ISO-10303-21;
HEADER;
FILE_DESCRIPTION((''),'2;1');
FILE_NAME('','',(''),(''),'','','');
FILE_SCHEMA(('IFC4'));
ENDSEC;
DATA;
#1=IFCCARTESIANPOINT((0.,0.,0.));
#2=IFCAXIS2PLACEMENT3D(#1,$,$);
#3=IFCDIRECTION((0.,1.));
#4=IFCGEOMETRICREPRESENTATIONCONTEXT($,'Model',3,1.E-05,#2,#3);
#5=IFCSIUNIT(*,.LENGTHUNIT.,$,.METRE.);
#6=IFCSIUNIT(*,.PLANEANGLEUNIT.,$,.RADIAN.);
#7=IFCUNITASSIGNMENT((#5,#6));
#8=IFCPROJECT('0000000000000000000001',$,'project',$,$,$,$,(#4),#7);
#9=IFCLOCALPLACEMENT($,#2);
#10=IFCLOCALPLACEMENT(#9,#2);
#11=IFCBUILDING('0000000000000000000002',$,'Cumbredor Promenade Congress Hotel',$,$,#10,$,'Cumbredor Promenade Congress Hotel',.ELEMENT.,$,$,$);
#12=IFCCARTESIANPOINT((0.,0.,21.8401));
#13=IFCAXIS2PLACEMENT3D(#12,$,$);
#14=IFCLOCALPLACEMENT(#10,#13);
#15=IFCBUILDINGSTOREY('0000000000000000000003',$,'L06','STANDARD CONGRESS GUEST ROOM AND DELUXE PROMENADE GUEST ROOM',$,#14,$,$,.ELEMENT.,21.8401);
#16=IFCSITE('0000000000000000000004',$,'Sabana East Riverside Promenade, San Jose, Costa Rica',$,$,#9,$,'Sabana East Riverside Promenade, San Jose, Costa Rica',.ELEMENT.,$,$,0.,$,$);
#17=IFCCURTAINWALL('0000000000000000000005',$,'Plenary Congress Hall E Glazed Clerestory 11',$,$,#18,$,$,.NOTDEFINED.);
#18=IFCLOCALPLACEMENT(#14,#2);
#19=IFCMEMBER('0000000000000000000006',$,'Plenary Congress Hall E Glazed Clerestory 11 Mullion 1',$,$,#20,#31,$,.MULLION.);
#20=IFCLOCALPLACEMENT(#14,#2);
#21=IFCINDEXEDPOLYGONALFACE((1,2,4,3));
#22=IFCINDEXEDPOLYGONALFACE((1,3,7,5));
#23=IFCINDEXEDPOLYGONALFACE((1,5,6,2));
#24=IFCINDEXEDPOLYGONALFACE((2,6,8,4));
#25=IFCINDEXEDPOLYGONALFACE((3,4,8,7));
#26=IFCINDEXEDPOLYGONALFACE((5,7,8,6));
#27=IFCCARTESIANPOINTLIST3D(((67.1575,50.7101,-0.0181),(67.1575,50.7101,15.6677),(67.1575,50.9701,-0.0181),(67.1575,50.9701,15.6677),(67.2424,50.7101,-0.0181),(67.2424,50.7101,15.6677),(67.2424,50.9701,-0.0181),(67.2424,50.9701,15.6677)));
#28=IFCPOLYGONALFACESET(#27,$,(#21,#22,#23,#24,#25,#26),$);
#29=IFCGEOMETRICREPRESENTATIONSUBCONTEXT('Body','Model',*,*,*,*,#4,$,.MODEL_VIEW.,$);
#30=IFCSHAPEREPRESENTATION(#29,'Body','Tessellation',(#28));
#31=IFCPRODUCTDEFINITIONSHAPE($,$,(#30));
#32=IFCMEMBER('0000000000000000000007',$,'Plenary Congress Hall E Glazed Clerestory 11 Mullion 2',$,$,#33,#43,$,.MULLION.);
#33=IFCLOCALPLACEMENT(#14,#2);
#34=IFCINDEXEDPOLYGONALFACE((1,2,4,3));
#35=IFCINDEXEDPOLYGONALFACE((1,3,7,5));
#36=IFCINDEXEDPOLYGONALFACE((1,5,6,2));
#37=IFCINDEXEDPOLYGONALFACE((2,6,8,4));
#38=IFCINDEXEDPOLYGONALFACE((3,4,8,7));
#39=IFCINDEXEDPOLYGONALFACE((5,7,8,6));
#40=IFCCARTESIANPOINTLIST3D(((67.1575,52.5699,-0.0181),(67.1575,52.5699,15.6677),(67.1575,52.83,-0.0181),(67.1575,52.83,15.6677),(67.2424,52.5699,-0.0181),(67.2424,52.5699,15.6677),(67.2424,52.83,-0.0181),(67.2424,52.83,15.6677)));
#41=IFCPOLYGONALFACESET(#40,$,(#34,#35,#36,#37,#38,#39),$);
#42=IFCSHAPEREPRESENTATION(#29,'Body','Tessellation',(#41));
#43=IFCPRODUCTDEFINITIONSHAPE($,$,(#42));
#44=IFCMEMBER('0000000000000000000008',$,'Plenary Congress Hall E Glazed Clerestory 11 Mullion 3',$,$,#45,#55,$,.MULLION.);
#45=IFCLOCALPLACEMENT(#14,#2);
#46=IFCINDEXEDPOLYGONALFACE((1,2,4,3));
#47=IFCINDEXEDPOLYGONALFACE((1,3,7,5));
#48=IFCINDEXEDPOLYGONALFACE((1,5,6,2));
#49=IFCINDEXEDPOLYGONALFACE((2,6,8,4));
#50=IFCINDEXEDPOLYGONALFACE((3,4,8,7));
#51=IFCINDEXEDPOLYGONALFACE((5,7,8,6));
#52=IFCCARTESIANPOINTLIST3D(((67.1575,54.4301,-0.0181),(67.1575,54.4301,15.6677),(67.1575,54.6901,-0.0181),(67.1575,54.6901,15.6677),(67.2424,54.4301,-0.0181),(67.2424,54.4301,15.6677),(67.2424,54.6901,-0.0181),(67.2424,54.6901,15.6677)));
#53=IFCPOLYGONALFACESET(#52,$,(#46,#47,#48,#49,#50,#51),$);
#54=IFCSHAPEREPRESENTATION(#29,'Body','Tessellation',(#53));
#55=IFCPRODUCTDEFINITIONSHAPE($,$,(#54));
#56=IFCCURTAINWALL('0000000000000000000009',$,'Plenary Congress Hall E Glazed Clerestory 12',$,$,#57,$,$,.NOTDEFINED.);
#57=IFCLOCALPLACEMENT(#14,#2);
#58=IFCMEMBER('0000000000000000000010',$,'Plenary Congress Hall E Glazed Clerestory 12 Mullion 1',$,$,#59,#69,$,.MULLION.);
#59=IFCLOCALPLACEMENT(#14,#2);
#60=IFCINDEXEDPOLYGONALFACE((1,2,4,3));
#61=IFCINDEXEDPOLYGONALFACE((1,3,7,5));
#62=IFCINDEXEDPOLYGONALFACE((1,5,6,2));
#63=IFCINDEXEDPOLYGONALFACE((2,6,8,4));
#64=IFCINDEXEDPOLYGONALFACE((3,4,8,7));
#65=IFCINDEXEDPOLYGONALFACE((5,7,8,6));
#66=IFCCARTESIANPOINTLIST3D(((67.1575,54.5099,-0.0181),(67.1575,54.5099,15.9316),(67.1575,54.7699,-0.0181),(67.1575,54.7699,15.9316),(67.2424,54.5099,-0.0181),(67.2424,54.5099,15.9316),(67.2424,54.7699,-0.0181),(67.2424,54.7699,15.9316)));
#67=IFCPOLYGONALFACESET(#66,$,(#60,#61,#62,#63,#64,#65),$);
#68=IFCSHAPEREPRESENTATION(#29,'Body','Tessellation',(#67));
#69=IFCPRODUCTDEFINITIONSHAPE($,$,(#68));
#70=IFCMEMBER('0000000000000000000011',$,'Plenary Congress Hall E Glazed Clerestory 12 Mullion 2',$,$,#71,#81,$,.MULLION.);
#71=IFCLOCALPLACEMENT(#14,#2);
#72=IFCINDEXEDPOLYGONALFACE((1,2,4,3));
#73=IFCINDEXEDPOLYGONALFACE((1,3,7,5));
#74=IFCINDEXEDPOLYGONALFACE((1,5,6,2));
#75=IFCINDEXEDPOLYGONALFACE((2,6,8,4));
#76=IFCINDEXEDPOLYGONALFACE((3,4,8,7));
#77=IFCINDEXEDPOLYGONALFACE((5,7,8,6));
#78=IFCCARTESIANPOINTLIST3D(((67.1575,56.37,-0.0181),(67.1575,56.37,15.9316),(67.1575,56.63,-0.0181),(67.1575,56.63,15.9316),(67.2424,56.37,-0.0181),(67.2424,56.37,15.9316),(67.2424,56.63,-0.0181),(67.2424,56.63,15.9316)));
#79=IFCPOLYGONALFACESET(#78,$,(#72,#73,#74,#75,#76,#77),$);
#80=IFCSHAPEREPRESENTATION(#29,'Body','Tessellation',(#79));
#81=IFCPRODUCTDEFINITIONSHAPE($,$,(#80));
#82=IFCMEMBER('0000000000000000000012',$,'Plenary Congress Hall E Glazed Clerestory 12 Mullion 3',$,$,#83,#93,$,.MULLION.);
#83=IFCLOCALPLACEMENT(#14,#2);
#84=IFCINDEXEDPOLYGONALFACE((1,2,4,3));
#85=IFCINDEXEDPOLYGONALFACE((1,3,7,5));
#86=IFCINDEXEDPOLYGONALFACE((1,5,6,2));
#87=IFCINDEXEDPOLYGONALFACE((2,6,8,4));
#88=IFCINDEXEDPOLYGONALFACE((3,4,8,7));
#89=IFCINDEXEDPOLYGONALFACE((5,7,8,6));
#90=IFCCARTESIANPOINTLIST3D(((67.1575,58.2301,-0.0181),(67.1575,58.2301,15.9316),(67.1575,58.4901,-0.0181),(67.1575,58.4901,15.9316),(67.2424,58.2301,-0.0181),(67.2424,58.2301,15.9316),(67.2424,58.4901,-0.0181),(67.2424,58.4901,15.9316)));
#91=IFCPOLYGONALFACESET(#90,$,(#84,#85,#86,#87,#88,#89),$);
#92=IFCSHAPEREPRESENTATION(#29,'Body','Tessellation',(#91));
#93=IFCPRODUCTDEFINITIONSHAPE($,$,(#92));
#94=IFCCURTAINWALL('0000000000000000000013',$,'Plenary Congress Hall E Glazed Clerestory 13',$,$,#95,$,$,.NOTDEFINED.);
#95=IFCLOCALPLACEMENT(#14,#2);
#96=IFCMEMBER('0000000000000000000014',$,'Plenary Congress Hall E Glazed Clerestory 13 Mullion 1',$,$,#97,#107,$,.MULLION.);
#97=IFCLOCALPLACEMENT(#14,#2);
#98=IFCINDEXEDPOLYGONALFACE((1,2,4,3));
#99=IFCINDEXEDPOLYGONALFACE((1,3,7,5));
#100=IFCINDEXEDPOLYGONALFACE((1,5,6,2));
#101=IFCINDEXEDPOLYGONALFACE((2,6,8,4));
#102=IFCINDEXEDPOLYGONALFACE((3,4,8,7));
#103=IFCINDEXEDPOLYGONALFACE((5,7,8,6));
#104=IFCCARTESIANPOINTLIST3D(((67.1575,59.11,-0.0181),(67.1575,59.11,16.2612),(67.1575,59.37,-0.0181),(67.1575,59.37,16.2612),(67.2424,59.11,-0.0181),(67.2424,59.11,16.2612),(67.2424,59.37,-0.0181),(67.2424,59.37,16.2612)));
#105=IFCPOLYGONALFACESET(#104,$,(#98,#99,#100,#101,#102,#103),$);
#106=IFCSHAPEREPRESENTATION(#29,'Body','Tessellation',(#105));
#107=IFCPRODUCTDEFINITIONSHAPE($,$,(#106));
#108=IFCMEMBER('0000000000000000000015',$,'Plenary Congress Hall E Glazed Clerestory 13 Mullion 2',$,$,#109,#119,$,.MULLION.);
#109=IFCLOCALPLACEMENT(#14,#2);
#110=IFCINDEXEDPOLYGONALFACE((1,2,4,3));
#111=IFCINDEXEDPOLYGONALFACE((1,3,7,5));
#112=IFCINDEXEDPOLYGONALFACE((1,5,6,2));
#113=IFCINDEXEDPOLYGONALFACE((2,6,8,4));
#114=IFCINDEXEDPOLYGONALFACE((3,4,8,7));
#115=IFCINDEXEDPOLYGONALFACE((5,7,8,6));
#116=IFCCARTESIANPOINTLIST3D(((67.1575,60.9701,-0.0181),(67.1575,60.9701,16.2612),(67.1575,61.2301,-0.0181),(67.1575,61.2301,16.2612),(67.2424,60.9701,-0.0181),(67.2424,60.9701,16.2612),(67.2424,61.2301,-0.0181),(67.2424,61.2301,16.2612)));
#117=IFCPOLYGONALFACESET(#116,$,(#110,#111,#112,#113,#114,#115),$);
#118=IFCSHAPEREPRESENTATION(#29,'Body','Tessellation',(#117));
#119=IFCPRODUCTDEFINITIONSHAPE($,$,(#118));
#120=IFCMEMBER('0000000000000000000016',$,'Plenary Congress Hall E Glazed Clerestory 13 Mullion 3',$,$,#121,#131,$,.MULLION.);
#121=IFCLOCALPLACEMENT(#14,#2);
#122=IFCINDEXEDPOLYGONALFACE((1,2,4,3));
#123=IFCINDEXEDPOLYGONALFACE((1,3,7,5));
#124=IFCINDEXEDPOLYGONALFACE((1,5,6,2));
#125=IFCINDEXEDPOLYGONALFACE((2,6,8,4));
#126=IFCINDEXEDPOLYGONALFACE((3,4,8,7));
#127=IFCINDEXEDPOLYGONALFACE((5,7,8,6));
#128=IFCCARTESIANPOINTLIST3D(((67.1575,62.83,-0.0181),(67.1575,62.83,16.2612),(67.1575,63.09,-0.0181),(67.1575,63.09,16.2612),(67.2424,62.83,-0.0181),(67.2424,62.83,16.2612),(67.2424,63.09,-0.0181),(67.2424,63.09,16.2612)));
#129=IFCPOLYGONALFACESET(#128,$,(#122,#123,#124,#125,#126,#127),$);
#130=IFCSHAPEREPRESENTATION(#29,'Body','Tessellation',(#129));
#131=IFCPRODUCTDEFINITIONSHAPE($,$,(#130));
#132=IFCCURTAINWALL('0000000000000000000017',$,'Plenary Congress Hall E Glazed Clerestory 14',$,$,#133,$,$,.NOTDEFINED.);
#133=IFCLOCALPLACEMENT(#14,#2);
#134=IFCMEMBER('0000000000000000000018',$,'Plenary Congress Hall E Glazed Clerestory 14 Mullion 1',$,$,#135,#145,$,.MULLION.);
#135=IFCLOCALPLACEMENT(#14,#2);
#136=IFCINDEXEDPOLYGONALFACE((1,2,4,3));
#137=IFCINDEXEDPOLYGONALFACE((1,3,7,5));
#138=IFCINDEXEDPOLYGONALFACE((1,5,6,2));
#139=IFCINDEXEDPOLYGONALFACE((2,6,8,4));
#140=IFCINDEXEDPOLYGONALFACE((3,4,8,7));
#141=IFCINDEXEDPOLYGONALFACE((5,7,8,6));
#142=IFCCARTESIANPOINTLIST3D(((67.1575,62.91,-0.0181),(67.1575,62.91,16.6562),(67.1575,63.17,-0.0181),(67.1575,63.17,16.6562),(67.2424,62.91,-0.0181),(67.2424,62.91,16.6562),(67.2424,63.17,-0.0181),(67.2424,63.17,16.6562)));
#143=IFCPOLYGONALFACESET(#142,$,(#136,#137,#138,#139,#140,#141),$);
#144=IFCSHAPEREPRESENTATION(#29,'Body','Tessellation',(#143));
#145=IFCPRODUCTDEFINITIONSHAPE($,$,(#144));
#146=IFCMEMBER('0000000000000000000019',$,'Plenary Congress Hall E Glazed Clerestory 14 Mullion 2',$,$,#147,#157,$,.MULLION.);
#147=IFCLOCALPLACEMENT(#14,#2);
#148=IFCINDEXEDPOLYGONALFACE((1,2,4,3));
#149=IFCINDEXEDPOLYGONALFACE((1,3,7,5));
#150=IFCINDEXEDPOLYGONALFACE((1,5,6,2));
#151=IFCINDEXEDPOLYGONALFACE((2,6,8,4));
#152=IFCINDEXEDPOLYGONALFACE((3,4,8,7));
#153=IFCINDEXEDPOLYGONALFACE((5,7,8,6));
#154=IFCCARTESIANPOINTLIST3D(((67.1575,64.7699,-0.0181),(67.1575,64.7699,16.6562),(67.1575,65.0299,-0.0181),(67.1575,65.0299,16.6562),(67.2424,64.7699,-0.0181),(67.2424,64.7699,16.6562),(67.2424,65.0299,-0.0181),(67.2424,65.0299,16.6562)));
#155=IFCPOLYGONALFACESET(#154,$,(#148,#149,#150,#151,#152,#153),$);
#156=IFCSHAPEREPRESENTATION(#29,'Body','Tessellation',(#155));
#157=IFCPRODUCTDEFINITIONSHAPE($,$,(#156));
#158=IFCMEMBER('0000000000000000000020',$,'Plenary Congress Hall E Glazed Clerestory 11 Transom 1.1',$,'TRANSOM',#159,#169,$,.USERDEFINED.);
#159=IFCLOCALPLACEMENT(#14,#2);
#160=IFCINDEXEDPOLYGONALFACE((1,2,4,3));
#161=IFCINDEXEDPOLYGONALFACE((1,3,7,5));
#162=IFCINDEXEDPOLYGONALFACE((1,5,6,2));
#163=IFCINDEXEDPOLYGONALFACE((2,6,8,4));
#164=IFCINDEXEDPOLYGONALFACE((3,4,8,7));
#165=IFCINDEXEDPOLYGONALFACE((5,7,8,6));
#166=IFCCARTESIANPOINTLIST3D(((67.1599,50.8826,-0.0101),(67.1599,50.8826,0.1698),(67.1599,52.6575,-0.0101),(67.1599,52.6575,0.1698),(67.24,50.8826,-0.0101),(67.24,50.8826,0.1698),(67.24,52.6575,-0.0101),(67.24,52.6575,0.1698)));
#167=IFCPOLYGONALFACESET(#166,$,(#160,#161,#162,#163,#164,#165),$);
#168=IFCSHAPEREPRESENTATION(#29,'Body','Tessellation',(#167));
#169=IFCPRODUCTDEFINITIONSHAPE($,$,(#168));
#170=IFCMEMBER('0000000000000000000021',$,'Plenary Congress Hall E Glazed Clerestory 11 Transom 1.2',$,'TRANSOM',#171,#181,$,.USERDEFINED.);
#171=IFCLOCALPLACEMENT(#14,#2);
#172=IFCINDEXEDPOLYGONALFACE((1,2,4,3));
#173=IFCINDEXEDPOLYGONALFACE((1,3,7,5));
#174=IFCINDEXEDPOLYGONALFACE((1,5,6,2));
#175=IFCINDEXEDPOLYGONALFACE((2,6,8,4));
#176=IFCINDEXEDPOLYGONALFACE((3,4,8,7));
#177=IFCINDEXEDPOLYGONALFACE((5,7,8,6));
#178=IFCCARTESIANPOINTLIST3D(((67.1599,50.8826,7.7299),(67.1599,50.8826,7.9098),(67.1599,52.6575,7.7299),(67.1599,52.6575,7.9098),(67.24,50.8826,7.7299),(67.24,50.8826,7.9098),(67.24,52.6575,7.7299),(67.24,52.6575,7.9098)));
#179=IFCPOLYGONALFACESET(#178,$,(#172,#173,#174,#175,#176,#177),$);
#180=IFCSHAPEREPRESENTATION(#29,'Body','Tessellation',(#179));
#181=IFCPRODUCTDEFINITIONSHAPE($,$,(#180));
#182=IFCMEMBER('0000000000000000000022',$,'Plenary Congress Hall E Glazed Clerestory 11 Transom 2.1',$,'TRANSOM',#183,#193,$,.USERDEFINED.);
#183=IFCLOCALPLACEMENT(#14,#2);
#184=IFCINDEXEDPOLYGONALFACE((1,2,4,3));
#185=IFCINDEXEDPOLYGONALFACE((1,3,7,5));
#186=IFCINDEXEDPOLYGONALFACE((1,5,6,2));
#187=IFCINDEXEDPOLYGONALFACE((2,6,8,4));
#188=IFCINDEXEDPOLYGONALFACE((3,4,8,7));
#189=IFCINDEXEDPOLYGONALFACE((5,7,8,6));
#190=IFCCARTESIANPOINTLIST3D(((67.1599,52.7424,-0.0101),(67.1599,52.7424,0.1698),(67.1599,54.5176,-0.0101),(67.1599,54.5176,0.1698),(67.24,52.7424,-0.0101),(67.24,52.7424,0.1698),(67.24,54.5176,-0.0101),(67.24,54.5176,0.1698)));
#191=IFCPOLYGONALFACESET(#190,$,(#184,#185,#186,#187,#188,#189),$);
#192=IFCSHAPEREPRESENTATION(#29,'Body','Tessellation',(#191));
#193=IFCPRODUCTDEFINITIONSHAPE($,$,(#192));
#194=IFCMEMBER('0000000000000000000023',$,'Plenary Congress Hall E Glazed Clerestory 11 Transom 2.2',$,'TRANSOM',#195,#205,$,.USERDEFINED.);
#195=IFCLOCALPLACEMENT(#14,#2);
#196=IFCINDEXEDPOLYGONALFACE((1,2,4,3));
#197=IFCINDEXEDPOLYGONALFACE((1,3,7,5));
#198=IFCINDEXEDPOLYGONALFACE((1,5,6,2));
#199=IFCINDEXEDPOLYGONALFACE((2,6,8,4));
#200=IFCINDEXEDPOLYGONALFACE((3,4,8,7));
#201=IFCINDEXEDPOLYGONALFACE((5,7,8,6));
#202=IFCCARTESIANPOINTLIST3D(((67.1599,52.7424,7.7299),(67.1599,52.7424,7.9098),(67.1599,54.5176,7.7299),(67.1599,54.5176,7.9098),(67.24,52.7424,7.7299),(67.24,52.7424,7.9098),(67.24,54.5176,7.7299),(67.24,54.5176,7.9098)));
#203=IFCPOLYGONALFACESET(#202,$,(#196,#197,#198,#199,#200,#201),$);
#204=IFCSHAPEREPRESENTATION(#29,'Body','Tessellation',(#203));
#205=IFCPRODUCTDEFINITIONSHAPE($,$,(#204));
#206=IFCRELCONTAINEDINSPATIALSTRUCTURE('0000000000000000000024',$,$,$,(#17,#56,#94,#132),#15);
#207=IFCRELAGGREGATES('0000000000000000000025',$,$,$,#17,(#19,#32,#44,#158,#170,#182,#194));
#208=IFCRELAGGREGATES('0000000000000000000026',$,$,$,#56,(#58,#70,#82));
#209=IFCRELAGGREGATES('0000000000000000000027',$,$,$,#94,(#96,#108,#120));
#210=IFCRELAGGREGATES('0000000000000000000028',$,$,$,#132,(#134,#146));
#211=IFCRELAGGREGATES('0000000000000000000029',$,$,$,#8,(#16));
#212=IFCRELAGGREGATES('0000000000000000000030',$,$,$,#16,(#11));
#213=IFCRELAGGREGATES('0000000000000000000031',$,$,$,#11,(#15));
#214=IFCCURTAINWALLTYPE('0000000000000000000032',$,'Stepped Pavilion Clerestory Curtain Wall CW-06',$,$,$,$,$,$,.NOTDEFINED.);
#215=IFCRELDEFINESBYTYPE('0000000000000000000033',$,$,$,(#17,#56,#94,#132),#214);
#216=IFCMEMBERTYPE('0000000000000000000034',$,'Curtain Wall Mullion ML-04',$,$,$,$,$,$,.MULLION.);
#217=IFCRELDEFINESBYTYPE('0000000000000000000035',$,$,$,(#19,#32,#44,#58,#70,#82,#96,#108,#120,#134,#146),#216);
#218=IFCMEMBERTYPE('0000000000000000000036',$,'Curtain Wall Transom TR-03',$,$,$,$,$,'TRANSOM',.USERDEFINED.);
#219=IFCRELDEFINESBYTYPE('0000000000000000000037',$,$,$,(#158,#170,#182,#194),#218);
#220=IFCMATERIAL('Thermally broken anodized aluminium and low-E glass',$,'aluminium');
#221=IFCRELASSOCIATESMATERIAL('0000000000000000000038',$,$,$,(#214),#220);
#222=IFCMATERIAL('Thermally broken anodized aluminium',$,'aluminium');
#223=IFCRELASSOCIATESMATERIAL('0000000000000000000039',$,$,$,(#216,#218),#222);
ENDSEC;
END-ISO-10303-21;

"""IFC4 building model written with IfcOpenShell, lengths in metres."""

from ifc_helpers import new_model, si_unit, direction, frame, origin, origin_2d, place, context, subcontext, project, spatial, rectangle, extrude, material, material_profile, profile_set, type_object, element, aggregate, save


model = new_model("IFC4")

# Units and contexts
model_context = context("Model", 3, precision=1e-05, world=origin(), true_north=direction((0.0, 1.0)))
body_context = subcontext(model_context, "Body", "Model", "MODEL_VIEW")
ifc_project = project(units=[si_unit("LENGTHUNIT", "METRE"), si_unit("PLANEANGLEUNIT", "RADIAN")], contexts=[model_context])

# Site, building, storey
site_placement = place(None, origin())
site = spatial("IfcSite", under=ifc_project, at=site_placement, Name="Sabana East Riverside Promenade, San Jose, Costa Rica", LongName="Sabana East Riverside Promenade, San Jose, Costa Rica", CompositionType="ELEMENT", RefElevation=0.0)
building_placement = place(site_placement, origin())
building = spatial("IfcBuilding", under=site, at=building_placement, Name="Cumbredor Promenade Congress Hotel", LongName="Cumbredor Promenade Congress Hotel", CompositionType="ELEMENT")
storey_placement = place(building_placement, frame((0.0, 0.0, 21.8401)))
storey = spatial("IfcBuildingStorey", under=building, at=storey_placement, Name="L06", Description="STANDARD CONGRESS GUEST ROOM AND DELUXE PROMENADE GUEST ROOM", CompositionType="ELEMENT", Elevation=21.8401)

# Curtain walls, members
ifc_material_1 = material(Name="Thermally broken anodized aluminium and low-E glass", Category="aluminium")
curtain_wall_type = type_object("IfcCurtainWallType", Name="Stepped Pavilion Clerestory Curtain Wall CW-06", PredefinedType="NOTDEFINED", material=ifc_material_1)
curtain_wall_1_placement = place(storey_placement, origin())
curtain_wall_1 = element("IfcCurtainWall", 1, at=curtain_wall_1_placement, inside=storey, type_object=curtain_wall_type, Name="Plenary Congress Hall E Glazed Clerestory 11", PredefinedType="NOTDEFINED")
ifc_material_2 = material(Name="Thermally broken anodized aluminium", Category="aluminium")
ifc_material_profile_1 = material_profile(ifc_material_2, rectangle(XDim=0.085, YDim=0.26, at=origin_2d()), Name="ALU MULLION CLERESTORY 85x260")
ifc_profile_set_1 = profile_set([ifc_material_profile_1], Name="Thermally broken anodized aluminium")
member_type_1 = type_object("IfcMemberType", Name="Curtain Wall Mullion ML-04", PredefinedType="MULLION", material=ifc_profile_set_1)
member_1_placement = place(storey_placement, frame((67.2, 50.8401, -0.0181), z_axis=(0.0, 0.0, 1.0), x_axis=(1.0, 0.0, 0.0)))
member_1 = element("IfcMember", 2, at=member_1_placement, type_object=member_type_1, Name="Plenary Congress Hall E Glazed Clerestory 11 Mullion 1", PredefinedType="MULLION", context=body_context, shape_type="SweptSolid", body=[
    extrude(rectangle(XDim=0.085, YDim=0.26, at=origin_2d()), origin(), (0.0, 0.0, 1.0), 15.6858),
])
member_2_placement = place(storey_placement, frame((67.2, 52.7, -0.0181), z_axis=(0.0, 0.0, 1.0), x_axis=(1.0, 0.0, 0.0)))
member_2 = element("IfcMember", 3, at=member_2_placement, type_object=member_type_1, Name="Plenary Congress Hall E Glazed Clerestory 11 Mullion 2", PredefinedType="MULLION", context=body_context, shape_type="SweptSolid", body=[
    extrude(rectangle(XDim=0.085, YDim=0.26, at=origin_2d()), origin(), (0.0, 0.0, 1.0), 15.6858),
])
member_3_placement = place(storey_placement, frame((67.2, 54.5601, -0.0181), z_axis=(0.0, 0.0, 1.0), x_axis=(1.0, 0.0, 0.0)))
member_3 = element("IfcMember", 4, at=member_3_placement, type_object=member_type_1, Name="Plenary Congress Hall E Glazed Clerestory 11 Mullion 3", PredefinedType="MULLION", context=body_context, shape_type="SweptSolid", body=[
    extrude(rectangle(XDim=0.085, YDim=0.26, at=origin_2d()), origin(), (0.0, 0.0, 1.0), 15.6858),
])
curtain_wall_2_placement = place(storey_placement, origin())
curtain_wall_2 = element("IfcCurtainWall", 5, at=curtain_wall_2_placement, inside=storey, type_object=curtain_wall_type, Name="Plenary Congress Hall E Glazed Clerestory 12", PredefinedType="NOTDEFINED")
member_4_placement = place(storey_placement, frame((67.2, 54.6399, -0.0181), z_axis=(0.0, 0.0, 1.0), x_axis=(1.0, 0.0, 0.0)))
member_4 = element("IfcMember", 6, at=member_4_placement, type_object=member_type_1, Name="Plenary Congress Hall E Glazed Clerestory 12 Mullion 1", PredefinedType="MULLION", context=body_context, shape_type="SweptSolid", body=[
    extrude(rectangle(XDim=0.085, YDim=0.26, at=origin_2d()), origin(), (0.0, 0.0, 1.0), 15.9497),
])
member_5_placement = place(storey_placement, frame((67.2, 56.5, -0.0181), z_axis=(0.0, 0.0, 1.0), x_axis=(1.0, 0.0, 0.0)))
member_5 = element("IfcMember", 7, at=member_5_placement, type_object=member_type_1, Name="Plenary Congress Hall E Glazed Clerestory 12 Mullion 2", PredefinedType="MULLION", context=body_context, shape_type="SweptSolid", body=[
    extrude(rectangle(XDim=0.085, YDim=0.26, at=origin_2d()), origin(), (0.0, 0.0, 1.0), 15.9497),
])
member_6_placement = place(storey_placement, frame((67.2, 58.3601, -0.0181), z_axis=(0.0, 0.0, 1.0), x_axis=(1.0, 0.0, 0.0)))
member_6 = element("IfcMember", 8, at=member_6_placement, type_object=member_type_1, Name="Plenary Congress Hall E Glazed Clerestory 12 Mullion 3", PredefinedType="MULLION", context=body_context, shape_type="SweptSolid", body=[
    extrude(rectangle(XDim=0.085, YDim=0.26, at=origin_2d()), origin(), (0.0, 0.0, 1.0), 15.9497),
])
curtain_wall_3_placement = place(storey_placement, origin())
curtain_wall_3 = element("IfcCurtainWall", 9, at=curtain_wall_3_placement, inside=storey, type_object=curtain_wall_type, Name="Plenary Congress Hall E Glazed Clerestory 13", PredefinedType="NOTDEFINED")
member_7_placement = place(storey_placement, frame((67.2, 59.24, -0.0181), z_axis=(0.0, 0.0, 1.0), x_axis=(1.0, 0.0, 0.0)))
member_7 = element("IfcMember", 10, at=member_7_placement, type_object=member_type_1, Name="Plenary Congress Hall E Glazed Clerestory 13 Mullion 1", PredefinedType="MULLION", context=body_context, shape_type="SweptSolid", body=[
    extrude(rectangle(XDim=0.085, YDim=0.26, at=origin_2d()), origin(), (0.0, 0.0, 1.0), 16.2793),
])
member_8_placement = place(storey_placement, frame((67.2, 61.1001, -0.0181), z_axis=(0.0, 0.0, 1.0), x_axis=(1.0, 0.0, 0.0)))
member_8 = element("IfcMember", 11, at=member_8_placement, type_object=member_type_1, Name="Plenary Congress Hall E Glazed Clerestory 13 Mullion 2", PredefinedType="MULLION", context=body_context, shape_type="SweptSolid", body=[
    extrude(rectangle(XDim=0.085, YDim=0.26, at=origin_2d()), origin(), (0.0, 0.0, 1.0), 16.2793),
])
member_9_placement = place(storey_placement, frame((67.2, 62.96, -0.0181), z_axis=(0.0, 0.0, 1.0), x_axis=(1.0, 0.0, 0.0)))
member_9 = element("IfcMember", 12, at=member_9_placement, type_object=member_type_1, Name="Plenary Congress Hall E Glazed Clerestory 13 Mullion 3", PredefinedType="MULLION", context=body_context, shape_type="SweptSolid", body=[
    extrude(rectangle(XDim=0.085, YDim=0.26, at=origin_2d()), origin(), (0.0, 0.0, 1.0), 16.2793),
])
curtain_wall_4_placement = place(storey_placement, origin())
curtain_wall_4 = element("IfcCurtainWall", 13, at=curtain_wall_4_placement, inside=storey, type_object=curtain_wall_type, Name="Plenary Congress Hall E Glazed Clerestory 14", PredefinedType="NOTDEFINED")
member_10_placement = place(storey_placement, frame((67.2, 63.04, -0.0181), z_axis=(0.0, 0.0, 1.0), x_axis=(1.0, 0.0, 0.0)))
member_10 = element("IfcMember", 14, at=member_10_placement, type_object=member_type_1, Name="Plenary Congress Hall E Glazed Clerestory 14 Mullion 1", PredefinedType="MULLION", context=body_context, shape_type="SweptSolid", body=[
    extrude(rectangle(XDim=0.085, YDim=0.26, at=origin_2d()), origin(), (0.0, 0.0, 1.0), 16.6743),
])
member_11_placement = place(storey_placement, frame((67.2, 64.8999, -0.0181), z_axis=(0.0, 0.0, 1.0), x_axis=(1.0, 0.0, 0.0)))
member_11 = element("IfcMember", 15, at=member_11_placement, type_object=member_type_1, Name="Plenary Congress Hall E Glazed Clerestory 14 Mullion 2", PredefinedType="MULLION", context=body_context, shape_type="SweptSolid", body=[
    extrude(rectangle(XDim=0.085, YDim=0.26, at=origin_2d()), origin(), (0.0, 0.0, 1.0), 16.6743),
])

# Members
ifc_material_profile_2 = material_profile(ifc_material_2, rectangle(XDim=0.0801, YDim=0.1799, at=origin_2d()), Name="ALU TRANSOM 80x180")
ifc_profile_set_2 = profile_set([ifc_material_profile_2], Name="Thermally broken anodized aluminium")
member_type_2 = type_object("IfcMemberType", Name="Curtain Wall Transom TR-03", ElementType="TRANSOM", PredefinedType="USERDEFINED", material=ifc_profile_set_2)
member_12_placement = place(storey_placement, frame((67.2, 50.8826, 0.0798), z_axis=(0.0, 1.0, 0.0), x_axis=(-1.0, 0.0, 0.0)))
member_12 = element("IfcMember", 16, at=member_12_placement, type_object=member_type_2, Name="Plenary Congress Hall E Glazed Clerestory 11 Transom 1.1", ObjectType="TRANSOM", PredefinedType="USERDEFINED", context=body_context, shape_type="SweptSolid", body=[
    extrude(rectangle(XDim=0.0801, YDim=0.1799, at=origin_2d()), origin(), (0.0, 0.0, 1.0), 1.7749),
])
member_13_placement = place(storey_placement, frame((67.2, 50.8826, 7.8198), z_axis=(0.0, 1.0, 0.0), x_axis=(-1.0, 0.0, 0.0)))
member_13 = element("IfcMember", 17, at=member_13_placement, type_object=member_type_2, Name="Plenary Congress Hall E Glazed Clerestory 11 Transom 1.2", ObjectType="TRANSOM", PredefinedType="USERDEFINED", context=body_context, shape_type="SweptSolid", body=[
    extrude(rectangle(XDim=0.0801, YDim=0.1799, at=origin_2d()), origin(), (0.0, 0.0, 1.0), 1.7749),
])
member_14_placement = place(storey_placement, frame((67.2, 52.7424, 0.0798), z_axis=(0.0, 1.0, 0.0), x_axis=(-1.0, 0.0, 0.0)))
member_14 = element("IfcMember", 18, at=member_14_placement, type_object=member_type_2, Name="Plenary Congress Hall E Glazed Clerestory 11 Transom 2.1", ObjectType="TRANSOM", PredefinedType="USERDEFINED", context=body_context, shape_type="SweptSolid", body=[
    extrude(rectangle(XDim=0.0801, YDim=0.1799, at=origin_2d()), origin(), (0.0, 0.0, 1.0), 1.7751),
])
member_15_placement = place(storey_placement, frame((67.2, 52.7424, 7.8198), z_axis=(0.0, 1.0, 0.0), x_axis=(-1.0, 0.0, 0.0)))
member_15 = element("IfcMember", 19, at=member_15_placement, type_object=member_type_2, Name="Plenary Congress Hall E Glazed Clerestory 11 Transom 2.2", ObjectType="TRANSOM", PredefinedType="USERDEFINED", context=body_context, shape_type="SweptSolid", body=[
    extrude(rectangle(XDim=0.0801, YDim=0.1799, at=origin_2d()), origin(), (0.0, 0.0, 1.0), 1.7751),
])

aggregate(curtain_wall_1, [member_1, member_2, member_3, member_12, member_13, member_14, member_15])
aggregate(curtain_wall_2, [member_4, member_5, member_6])
aggregate(curtain_wall_3, [member_7, member_8, member_9])
aggregate(curtain_wall_4, [member_10, member_11])

save(model, "model.ifc")
